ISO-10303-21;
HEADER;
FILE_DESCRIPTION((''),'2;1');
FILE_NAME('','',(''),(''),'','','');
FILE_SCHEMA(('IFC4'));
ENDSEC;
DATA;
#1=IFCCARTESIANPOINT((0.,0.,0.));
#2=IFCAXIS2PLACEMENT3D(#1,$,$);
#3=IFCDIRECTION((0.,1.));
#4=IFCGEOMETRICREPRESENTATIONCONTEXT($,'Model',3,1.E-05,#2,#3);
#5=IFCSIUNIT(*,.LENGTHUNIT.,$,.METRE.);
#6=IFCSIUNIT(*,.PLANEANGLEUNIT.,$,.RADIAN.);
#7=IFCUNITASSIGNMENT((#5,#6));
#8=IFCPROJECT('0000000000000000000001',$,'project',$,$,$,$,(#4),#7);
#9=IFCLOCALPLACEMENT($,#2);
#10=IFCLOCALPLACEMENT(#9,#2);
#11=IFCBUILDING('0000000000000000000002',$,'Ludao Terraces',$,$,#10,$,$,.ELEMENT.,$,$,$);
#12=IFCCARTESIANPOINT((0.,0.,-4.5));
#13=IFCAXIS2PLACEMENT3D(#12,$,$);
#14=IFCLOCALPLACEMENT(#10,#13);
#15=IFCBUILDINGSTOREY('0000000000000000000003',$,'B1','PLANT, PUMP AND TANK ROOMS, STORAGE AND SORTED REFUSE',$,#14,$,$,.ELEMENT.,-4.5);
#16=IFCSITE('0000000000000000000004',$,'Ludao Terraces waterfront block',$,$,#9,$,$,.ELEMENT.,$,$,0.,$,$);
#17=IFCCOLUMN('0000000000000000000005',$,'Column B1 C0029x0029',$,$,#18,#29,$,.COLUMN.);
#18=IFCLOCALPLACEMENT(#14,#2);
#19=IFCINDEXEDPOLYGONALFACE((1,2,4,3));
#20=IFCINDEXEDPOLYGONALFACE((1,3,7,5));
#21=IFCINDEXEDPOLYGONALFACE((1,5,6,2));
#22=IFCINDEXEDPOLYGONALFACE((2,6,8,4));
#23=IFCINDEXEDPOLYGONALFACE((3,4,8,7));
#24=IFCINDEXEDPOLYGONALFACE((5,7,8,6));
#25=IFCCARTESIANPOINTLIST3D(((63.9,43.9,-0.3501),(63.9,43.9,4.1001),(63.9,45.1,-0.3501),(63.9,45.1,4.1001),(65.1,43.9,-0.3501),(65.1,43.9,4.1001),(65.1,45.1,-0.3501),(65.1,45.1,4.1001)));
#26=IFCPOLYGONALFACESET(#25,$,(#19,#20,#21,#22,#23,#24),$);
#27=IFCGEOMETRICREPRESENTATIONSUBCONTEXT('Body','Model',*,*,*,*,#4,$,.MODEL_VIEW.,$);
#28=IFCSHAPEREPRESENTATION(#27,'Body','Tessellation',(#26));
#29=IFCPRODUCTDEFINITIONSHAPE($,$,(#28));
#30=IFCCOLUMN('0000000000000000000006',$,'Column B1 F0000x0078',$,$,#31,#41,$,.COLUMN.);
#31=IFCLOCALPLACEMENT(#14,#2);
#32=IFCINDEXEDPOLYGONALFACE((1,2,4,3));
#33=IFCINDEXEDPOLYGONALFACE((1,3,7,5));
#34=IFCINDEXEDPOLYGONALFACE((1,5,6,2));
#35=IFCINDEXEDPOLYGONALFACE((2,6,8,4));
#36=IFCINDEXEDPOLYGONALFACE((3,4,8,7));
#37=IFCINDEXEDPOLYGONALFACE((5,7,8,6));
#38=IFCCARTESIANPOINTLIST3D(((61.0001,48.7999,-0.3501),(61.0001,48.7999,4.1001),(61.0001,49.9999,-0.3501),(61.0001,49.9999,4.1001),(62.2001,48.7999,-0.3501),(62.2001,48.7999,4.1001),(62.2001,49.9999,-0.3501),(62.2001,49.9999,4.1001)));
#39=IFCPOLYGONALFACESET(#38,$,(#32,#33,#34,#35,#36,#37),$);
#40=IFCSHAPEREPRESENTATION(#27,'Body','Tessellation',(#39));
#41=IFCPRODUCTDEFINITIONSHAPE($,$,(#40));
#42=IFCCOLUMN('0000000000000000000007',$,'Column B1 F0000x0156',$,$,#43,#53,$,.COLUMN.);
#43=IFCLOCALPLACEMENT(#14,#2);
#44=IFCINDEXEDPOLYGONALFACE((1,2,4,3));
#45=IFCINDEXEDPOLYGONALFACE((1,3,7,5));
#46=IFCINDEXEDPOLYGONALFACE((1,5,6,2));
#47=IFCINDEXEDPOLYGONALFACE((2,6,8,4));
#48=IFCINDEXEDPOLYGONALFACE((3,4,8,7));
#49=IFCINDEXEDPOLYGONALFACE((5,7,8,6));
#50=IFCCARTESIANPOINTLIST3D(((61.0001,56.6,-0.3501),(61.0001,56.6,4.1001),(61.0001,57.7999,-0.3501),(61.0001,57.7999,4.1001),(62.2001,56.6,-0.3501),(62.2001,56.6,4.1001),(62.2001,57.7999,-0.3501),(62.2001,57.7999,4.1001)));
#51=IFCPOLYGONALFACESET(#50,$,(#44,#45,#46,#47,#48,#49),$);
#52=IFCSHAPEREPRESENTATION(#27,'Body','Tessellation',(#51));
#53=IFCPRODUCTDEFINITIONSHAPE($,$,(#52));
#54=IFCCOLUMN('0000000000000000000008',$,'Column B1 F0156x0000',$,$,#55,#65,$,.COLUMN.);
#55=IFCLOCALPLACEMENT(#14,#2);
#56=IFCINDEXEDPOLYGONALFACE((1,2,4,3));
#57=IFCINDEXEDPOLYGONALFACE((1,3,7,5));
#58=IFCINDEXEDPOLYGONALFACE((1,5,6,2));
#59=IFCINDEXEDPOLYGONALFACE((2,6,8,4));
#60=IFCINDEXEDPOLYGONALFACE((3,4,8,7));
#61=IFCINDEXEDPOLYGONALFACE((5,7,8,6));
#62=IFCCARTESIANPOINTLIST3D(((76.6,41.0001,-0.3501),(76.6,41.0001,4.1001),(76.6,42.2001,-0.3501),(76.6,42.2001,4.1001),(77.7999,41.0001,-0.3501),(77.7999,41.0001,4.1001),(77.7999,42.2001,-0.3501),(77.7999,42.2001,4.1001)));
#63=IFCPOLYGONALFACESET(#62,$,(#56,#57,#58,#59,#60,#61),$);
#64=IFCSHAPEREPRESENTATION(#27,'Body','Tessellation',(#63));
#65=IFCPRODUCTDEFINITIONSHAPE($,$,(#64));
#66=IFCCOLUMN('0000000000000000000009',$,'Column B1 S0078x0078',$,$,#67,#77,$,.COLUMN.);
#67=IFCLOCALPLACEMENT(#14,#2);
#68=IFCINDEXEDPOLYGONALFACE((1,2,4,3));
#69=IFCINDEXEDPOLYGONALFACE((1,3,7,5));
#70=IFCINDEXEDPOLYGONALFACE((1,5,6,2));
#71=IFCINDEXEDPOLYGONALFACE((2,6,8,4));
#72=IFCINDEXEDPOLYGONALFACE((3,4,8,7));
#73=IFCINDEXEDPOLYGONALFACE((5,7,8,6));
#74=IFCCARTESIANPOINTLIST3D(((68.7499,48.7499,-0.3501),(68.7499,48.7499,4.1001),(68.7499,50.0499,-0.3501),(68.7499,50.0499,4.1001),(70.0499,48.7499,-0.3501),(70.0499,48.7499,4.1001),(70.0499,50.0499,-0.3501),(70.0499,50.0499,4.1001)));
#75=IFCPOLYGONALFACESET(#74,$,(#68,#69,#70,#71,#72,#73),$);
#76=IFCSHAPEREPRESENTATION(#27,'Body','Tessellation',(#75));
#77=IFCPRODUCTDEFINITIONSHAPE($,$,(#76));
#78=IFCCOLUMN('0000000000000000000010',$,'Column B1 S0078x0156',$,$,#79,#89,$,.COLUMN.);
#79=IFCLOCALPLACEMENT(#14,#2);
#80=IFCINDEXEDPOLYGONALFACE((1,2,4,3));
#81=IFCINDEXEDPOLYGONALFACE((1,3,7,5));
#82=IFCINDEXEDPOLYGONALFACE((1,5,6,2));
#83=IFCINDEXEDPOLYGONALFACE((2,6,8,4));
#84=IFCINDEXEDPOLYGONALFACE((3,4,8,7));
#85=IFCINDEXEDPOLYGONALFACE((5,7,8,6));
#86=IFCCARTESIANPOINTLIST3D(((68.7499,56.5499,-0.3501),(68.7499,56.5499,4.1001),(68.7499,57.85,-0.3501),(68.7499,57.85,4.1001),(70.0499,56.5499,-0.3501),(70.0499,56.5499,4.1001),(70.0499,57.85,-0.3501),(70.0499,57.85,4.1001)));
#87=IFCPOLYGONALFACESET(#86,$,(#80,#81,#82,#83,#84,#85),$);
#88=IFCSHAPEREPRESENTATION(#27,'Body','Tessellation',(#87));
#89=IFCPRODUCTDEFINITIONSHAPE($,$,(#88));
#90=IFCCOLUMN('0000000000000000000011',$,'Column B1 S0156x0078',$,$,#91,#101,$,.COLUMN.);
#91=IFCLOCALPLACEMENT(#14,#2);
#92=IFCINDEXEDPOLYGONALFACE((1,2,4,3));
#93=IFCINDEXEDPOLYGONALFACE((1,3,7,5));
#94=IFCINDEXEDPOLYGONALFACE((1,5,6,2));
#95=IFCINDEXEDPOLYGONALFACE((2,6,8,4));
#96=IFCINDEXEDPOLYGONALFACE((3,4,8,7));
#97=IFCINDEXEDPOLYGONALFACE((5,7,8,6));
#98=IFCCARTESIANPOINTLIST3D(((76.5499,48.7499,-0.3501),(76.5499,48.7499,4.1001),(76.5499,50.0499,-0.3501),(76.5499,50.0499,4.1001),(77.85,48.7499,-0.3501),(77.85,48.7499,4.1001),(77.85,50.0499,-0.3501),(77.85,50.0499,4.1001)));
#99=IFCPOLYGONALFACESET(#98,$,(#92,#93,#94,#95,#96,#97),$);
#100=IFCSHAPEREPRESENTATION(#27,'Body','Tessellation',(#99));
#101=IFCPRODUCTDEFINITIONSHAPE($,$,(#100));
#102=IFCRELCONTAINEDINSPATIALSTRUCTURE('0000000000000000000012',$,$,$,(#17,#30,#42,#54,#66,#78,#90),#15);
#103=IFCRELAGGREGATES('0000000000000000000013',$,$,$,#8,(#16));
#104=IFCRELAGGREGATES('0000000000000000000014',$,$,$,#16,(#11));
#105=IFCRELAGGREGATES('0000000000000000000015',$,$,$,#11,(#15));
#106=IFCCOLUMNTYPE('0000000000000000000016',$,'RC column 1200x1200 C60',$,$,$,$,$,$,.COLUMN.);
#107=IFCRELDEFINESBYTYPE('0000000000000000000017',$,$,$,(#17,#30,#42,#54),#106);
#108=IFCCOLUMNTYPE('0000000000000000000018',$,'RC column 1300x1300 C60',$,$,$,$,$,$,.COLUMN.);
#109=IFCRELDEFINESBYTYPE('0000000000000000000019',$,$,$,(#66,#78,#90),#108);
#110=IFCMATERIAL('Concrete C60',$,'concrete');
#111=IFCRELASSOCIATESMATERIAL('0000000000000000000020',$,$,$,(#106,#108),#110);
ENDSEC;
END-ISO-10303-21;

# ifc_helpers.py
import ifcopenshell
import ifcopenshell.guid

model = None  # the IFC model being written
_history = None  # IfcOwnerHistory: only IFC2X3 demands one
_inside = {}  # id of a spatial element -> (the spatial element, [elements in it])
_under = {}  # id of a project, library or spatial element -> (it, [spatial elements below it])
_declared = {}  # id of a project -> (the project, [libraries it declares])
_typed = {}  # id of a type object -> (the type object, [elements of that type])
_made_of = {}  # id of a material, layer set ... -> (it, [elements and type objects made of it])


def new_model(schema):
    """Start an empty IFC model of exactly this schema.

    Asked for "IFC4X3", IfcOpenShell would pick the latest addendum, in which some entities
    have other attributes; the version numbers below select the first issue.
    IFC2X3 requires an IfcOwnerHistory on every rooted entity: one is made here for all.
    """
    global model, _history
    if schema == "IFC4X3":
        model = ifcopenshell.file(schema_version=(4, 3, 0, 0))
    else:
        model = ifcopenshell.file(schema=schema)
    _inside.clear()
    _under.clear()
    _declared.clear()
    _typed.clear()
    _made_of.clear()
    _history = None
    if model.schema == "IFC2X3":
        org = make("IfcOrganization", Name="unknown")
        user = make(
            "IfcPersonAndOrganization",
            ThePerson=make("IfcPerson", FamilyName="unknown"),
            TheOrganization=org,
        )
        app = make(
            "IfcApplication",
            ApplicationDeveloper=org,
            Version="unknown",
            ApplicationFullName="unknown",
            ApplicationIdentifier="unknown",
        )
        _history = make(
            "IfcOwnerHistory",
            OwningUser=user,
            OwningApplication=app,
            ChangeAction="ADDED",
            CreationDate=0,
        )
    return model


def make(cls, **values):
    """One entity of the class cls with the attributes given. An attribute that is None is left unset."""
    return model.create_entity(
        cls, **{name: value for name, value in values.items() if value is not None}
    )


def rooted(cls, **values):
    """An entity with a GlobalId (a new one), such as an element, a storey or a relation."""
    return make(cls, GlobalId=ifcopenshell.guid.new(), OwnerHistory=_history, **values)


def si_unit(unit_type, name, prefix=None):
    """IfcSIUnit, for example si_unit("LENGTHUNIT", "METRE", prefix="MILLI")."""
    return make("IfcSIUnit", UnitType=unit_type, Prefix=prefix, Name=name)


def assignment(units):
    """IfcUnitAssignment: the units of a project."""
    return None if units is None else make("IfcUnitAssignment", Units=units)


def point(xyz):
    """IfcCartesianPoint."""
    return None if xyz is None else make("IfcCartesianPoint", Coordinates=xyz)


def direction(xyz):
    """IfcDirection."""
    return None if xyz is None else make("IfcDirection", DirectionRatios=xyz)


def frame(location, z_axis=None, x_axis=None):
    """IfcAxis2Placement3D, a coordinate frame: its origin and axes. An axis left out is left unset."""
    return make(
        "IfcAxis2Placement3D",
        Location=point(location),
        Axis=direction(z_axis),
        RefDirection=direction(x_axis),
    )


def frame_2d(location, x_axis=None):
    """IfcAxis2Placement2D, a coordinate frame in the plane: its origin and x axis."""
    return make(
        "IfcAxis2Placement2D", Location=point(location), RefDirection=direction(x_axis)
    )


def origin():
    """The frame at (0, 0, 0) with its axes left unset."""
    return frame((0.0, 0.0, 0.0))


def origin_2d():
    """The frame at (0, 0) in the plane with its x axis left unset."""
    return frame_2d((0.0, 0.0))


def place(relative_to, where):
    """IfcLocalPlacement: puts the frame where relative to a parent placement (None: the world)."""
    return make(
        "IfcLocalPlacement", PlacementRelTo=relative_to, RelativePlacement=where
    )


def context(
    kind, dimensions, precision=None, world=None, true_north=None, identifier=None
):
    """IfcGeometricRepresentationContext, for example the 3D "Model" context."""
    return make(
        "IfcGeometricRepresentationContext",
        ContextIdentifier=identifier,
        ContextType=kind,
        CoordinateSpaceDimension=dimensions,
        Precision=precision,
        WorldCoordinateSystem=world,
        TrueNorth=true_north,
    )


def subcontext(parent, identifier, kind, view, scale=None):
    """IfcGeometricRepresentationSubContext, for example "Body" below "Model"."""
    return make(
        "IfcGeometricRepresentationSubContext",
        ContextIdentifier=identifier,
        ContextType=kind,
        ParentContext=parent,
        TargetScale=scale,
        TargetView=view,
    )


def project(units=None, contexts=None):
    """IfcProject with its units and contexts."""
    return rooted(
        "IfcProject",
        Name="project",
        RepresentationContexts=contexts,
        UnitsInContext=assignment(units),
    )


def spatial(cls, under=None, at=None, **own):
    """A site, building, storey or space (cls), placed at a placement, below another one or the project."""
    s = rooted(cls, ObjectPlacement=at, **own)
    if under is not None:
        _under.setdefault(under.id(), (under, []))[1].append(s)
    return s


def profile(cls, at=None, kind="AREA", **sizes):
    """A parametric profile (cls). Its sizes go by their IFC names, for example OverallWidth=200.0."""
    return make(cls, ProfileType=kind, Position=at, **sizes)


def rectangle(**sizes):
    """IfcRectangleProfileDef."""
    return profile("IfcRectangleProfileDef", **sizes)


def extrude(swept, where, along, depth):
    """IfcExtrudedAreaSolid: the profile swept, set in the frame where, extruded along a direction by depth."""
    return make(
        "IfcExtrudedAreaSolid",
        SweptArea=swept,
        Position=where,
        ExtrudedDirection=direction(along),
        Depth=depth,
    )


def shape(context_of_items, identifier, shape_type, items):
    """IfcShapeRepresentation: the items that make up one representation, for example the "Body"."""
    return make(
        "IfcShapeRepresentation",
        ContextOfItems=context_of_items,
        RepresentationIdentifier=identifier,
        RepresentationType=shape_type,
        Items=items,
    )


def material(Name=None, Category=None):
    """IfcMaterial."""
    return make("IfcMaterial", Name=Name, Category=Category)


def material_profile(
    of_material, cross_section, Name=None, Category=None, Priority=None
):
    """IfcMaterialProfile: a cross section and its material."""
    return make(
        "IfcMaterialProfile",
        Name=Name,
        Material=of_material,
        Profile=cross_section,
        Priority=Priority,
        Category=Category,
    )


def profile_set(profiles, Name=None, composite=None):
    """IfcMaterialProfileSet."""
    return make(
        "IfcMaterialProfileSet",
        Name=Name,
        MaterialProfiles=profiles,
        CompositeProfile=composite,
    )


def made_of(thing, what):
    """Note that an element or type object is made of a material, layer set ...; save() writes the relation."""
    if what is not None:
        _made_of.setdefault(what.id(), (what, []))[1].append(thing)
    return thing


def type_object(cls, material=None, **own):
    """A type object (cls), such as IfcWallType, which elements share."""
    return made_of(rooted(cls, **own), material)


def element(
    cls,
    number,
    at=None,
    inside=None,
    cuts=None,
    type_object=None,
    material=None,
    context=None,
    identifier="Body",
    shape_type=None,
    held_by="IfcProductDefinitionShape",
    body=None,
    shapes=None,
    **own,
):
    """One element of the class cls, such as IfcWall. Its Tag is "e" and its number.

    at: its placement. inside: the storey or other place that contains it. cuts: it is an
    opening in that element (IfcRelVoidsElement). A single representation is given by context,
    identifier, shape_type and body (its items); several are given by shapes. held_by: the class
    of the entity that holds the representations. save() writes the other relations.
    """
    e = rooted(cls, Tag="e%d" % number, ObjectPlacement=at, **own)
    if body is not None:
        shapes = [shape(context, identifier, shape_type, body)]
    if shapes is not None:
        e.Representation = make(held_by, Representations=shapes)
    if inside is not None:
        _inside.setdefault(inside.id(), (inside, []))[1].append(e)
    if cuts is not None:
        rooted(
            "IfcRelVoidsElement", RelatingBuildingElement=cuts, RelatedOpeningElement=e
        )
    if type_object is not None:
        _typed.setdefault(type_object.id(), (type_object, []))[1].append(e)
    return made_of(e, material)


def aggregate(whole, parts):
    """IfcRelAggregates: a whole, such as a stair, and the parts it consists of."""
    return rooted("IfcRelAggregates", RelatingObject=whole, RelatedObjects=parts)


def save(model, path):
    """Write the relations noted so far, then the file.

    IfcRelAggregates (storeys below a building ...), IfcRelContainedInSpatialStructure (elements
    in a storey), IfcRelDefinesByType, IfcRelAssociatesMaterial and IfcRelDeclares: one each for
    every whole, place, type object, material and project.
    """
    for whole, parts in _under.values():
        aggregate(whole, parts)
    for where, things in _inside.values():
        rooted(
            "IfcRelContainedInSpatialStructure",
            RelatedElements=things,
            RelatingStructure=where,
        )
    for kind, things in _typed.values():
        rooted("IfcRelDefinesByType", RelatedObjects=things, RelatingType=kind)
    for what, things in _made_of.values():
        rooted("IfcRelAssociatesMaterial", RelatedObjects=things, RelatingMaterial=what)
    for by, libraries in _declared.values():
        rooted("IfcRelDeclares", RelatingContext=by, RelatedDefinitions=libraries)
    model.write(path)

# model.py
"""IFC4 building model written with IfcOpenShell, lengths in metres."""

from ifc_helpers import new_model, si_unit, direction, frame, origin, origin_2d, place, context, subcontext, project, spatial, rectangle, extrude, material, material_profile, profile_set, type_object, element, save


model = new_model("IFC4")

# Units and contexts
model_context = context("Model", 3, precision=1e-05, world=origin(), true_north=direction((0.0, 1.0)))
body_context = subcontext(model_context, "Body", "Model", "MODEL_VIEW")
ifc_project = project(units=[si_unit("LENGTHUNIT", "METRE"), si_unit("PLANEANGLEUNIT", "RADIAN")], contexts=[model_context])

# Site, building, storey
site_placement = place(None, origin())
site = spatial("IfcSite", under=ifc_project, at=site_placement, Name="Ludao Terraces waterfront block", CompositionType="ELEMENT", RefElevation=0.0)
building_placement = place(site_placement, origin())
building = spatial("IfcBuilding", under=site, at=building_placement, Name="Ludao Terraces", CompositionType="ELEMENT")
storey_placement = place(building_placement, frame((0.0, 0.0, -4.5)))
storey = spatial("IfcBuildingStorey", under=building, at=storey_placement, Name="B1", Description="PLANT, PUMP AND TANK ROOMS, STORAGE AND SORTED REFUSE", CompositionType="ELEMENT", Elevation=-4.5)

# Columns
ifc_material_1 = material(Name="Concrete C60", Category="concrete")
ifc_material_profile_1 = material_profile(ifc_material_1, rectangle(XDim=1.2, YDim=1.2, at=origin_2d()), Name="1200 X 1200")
ifc_profile_set_1 = profile_set([ifc_material_profile_1], Name="Concrete C60")
column_type_1 = type_object("IfcColumnType", Name="RC column 1200x1200 C60", PredefinedType="COLUMN", material=ifc_profile_set_1)
for number, where, z_axis, x_axis, name in (
    (1, (64.5, 44.5, -0.3501), (0.0, 0.0, 1.0), (1.0, 0.0, 0.0), "Column B1 C0029x0029"),
    (2, (61.6001, 49.3999, -0.3501), (0.0, 0.0, 1.0), (1.0, 0.0, 0.0), "Column B1 F0000x0078"),
    (3, (61.6001, 57.2, -0.3501), (0.0, 0.0, 1.0), (1.0, 0.0, 0.0), "Column B1 F0000x0156"),
    (4, (77.2, 41.6001, -0.3501), (0.0, 0.0, 1.0), (1.0, 0.0, 0.0), "Column B1 F0156x0000"),
):
    element("IfcColumn", number, at=place(storey_placement, frame(where, z_axis=z_axis, x_axis=x_axis)), inside=storey, type_object=column_type_1, Name=name, PredefinedType="COLUMN", context=body_context, shape_type="SweptSolid", body=[
        extrude(rectangle(XDim=1.2, YDim=1.2, at=origin_2d()), origin(), (0.0, 0.0, 1.0), 4.4502),
    ])
ifc_material_profile_2 = material_profile(ifc_material_1, rectangle(XDim=1.3, YDim=1.3, at=origin_2d()), Name="1300 X 1300")
ifc_profile_set_2 = profile_set([ifc_material_profile_2], Name="Concrete C60")
column_type_2 = type_object("IfcColumnType", Name="RC column 1300x1300 C60", PredefinedType="COLUMN", material=ifc_profile_set_2)
for number, where, z_axis, x_axis, name in (
    (5, (69.3999, 49.3999, -0.3501), (0.0, 0.0, 1.0), (1.0, 0.0, 0.0), "Column B1 S0078x0078"),
    (6, (69.3999, 57.2, -0.3501), (0.0, 0.0, 1.0), (1.0, 0.0, 0.0), "Column B1 S0078x0156"),
    (7, (77.2, 49.3999, -0.3501), (0.0, 0.0, 1.0), (1.0, 0.0, 0.0), "Column B1 S0156x0078"),
):
    element("IfcColumn", number, at=place(storey_placement, frame(where, z_axis=z_axis, x_axis=x_axis)), inside=storey, type_object=column_type_2, Name=name, PredefinedType="COLUMN", context=body_context, shape_type="SweptSolid", body=[
        extrude(rectangle(XDim=1.3, YDim=1.3, at=origin_2d()), origin(), (0.0, 0.0, 1.0), 4.4502),
    ])

save(model, "model.ifc")
